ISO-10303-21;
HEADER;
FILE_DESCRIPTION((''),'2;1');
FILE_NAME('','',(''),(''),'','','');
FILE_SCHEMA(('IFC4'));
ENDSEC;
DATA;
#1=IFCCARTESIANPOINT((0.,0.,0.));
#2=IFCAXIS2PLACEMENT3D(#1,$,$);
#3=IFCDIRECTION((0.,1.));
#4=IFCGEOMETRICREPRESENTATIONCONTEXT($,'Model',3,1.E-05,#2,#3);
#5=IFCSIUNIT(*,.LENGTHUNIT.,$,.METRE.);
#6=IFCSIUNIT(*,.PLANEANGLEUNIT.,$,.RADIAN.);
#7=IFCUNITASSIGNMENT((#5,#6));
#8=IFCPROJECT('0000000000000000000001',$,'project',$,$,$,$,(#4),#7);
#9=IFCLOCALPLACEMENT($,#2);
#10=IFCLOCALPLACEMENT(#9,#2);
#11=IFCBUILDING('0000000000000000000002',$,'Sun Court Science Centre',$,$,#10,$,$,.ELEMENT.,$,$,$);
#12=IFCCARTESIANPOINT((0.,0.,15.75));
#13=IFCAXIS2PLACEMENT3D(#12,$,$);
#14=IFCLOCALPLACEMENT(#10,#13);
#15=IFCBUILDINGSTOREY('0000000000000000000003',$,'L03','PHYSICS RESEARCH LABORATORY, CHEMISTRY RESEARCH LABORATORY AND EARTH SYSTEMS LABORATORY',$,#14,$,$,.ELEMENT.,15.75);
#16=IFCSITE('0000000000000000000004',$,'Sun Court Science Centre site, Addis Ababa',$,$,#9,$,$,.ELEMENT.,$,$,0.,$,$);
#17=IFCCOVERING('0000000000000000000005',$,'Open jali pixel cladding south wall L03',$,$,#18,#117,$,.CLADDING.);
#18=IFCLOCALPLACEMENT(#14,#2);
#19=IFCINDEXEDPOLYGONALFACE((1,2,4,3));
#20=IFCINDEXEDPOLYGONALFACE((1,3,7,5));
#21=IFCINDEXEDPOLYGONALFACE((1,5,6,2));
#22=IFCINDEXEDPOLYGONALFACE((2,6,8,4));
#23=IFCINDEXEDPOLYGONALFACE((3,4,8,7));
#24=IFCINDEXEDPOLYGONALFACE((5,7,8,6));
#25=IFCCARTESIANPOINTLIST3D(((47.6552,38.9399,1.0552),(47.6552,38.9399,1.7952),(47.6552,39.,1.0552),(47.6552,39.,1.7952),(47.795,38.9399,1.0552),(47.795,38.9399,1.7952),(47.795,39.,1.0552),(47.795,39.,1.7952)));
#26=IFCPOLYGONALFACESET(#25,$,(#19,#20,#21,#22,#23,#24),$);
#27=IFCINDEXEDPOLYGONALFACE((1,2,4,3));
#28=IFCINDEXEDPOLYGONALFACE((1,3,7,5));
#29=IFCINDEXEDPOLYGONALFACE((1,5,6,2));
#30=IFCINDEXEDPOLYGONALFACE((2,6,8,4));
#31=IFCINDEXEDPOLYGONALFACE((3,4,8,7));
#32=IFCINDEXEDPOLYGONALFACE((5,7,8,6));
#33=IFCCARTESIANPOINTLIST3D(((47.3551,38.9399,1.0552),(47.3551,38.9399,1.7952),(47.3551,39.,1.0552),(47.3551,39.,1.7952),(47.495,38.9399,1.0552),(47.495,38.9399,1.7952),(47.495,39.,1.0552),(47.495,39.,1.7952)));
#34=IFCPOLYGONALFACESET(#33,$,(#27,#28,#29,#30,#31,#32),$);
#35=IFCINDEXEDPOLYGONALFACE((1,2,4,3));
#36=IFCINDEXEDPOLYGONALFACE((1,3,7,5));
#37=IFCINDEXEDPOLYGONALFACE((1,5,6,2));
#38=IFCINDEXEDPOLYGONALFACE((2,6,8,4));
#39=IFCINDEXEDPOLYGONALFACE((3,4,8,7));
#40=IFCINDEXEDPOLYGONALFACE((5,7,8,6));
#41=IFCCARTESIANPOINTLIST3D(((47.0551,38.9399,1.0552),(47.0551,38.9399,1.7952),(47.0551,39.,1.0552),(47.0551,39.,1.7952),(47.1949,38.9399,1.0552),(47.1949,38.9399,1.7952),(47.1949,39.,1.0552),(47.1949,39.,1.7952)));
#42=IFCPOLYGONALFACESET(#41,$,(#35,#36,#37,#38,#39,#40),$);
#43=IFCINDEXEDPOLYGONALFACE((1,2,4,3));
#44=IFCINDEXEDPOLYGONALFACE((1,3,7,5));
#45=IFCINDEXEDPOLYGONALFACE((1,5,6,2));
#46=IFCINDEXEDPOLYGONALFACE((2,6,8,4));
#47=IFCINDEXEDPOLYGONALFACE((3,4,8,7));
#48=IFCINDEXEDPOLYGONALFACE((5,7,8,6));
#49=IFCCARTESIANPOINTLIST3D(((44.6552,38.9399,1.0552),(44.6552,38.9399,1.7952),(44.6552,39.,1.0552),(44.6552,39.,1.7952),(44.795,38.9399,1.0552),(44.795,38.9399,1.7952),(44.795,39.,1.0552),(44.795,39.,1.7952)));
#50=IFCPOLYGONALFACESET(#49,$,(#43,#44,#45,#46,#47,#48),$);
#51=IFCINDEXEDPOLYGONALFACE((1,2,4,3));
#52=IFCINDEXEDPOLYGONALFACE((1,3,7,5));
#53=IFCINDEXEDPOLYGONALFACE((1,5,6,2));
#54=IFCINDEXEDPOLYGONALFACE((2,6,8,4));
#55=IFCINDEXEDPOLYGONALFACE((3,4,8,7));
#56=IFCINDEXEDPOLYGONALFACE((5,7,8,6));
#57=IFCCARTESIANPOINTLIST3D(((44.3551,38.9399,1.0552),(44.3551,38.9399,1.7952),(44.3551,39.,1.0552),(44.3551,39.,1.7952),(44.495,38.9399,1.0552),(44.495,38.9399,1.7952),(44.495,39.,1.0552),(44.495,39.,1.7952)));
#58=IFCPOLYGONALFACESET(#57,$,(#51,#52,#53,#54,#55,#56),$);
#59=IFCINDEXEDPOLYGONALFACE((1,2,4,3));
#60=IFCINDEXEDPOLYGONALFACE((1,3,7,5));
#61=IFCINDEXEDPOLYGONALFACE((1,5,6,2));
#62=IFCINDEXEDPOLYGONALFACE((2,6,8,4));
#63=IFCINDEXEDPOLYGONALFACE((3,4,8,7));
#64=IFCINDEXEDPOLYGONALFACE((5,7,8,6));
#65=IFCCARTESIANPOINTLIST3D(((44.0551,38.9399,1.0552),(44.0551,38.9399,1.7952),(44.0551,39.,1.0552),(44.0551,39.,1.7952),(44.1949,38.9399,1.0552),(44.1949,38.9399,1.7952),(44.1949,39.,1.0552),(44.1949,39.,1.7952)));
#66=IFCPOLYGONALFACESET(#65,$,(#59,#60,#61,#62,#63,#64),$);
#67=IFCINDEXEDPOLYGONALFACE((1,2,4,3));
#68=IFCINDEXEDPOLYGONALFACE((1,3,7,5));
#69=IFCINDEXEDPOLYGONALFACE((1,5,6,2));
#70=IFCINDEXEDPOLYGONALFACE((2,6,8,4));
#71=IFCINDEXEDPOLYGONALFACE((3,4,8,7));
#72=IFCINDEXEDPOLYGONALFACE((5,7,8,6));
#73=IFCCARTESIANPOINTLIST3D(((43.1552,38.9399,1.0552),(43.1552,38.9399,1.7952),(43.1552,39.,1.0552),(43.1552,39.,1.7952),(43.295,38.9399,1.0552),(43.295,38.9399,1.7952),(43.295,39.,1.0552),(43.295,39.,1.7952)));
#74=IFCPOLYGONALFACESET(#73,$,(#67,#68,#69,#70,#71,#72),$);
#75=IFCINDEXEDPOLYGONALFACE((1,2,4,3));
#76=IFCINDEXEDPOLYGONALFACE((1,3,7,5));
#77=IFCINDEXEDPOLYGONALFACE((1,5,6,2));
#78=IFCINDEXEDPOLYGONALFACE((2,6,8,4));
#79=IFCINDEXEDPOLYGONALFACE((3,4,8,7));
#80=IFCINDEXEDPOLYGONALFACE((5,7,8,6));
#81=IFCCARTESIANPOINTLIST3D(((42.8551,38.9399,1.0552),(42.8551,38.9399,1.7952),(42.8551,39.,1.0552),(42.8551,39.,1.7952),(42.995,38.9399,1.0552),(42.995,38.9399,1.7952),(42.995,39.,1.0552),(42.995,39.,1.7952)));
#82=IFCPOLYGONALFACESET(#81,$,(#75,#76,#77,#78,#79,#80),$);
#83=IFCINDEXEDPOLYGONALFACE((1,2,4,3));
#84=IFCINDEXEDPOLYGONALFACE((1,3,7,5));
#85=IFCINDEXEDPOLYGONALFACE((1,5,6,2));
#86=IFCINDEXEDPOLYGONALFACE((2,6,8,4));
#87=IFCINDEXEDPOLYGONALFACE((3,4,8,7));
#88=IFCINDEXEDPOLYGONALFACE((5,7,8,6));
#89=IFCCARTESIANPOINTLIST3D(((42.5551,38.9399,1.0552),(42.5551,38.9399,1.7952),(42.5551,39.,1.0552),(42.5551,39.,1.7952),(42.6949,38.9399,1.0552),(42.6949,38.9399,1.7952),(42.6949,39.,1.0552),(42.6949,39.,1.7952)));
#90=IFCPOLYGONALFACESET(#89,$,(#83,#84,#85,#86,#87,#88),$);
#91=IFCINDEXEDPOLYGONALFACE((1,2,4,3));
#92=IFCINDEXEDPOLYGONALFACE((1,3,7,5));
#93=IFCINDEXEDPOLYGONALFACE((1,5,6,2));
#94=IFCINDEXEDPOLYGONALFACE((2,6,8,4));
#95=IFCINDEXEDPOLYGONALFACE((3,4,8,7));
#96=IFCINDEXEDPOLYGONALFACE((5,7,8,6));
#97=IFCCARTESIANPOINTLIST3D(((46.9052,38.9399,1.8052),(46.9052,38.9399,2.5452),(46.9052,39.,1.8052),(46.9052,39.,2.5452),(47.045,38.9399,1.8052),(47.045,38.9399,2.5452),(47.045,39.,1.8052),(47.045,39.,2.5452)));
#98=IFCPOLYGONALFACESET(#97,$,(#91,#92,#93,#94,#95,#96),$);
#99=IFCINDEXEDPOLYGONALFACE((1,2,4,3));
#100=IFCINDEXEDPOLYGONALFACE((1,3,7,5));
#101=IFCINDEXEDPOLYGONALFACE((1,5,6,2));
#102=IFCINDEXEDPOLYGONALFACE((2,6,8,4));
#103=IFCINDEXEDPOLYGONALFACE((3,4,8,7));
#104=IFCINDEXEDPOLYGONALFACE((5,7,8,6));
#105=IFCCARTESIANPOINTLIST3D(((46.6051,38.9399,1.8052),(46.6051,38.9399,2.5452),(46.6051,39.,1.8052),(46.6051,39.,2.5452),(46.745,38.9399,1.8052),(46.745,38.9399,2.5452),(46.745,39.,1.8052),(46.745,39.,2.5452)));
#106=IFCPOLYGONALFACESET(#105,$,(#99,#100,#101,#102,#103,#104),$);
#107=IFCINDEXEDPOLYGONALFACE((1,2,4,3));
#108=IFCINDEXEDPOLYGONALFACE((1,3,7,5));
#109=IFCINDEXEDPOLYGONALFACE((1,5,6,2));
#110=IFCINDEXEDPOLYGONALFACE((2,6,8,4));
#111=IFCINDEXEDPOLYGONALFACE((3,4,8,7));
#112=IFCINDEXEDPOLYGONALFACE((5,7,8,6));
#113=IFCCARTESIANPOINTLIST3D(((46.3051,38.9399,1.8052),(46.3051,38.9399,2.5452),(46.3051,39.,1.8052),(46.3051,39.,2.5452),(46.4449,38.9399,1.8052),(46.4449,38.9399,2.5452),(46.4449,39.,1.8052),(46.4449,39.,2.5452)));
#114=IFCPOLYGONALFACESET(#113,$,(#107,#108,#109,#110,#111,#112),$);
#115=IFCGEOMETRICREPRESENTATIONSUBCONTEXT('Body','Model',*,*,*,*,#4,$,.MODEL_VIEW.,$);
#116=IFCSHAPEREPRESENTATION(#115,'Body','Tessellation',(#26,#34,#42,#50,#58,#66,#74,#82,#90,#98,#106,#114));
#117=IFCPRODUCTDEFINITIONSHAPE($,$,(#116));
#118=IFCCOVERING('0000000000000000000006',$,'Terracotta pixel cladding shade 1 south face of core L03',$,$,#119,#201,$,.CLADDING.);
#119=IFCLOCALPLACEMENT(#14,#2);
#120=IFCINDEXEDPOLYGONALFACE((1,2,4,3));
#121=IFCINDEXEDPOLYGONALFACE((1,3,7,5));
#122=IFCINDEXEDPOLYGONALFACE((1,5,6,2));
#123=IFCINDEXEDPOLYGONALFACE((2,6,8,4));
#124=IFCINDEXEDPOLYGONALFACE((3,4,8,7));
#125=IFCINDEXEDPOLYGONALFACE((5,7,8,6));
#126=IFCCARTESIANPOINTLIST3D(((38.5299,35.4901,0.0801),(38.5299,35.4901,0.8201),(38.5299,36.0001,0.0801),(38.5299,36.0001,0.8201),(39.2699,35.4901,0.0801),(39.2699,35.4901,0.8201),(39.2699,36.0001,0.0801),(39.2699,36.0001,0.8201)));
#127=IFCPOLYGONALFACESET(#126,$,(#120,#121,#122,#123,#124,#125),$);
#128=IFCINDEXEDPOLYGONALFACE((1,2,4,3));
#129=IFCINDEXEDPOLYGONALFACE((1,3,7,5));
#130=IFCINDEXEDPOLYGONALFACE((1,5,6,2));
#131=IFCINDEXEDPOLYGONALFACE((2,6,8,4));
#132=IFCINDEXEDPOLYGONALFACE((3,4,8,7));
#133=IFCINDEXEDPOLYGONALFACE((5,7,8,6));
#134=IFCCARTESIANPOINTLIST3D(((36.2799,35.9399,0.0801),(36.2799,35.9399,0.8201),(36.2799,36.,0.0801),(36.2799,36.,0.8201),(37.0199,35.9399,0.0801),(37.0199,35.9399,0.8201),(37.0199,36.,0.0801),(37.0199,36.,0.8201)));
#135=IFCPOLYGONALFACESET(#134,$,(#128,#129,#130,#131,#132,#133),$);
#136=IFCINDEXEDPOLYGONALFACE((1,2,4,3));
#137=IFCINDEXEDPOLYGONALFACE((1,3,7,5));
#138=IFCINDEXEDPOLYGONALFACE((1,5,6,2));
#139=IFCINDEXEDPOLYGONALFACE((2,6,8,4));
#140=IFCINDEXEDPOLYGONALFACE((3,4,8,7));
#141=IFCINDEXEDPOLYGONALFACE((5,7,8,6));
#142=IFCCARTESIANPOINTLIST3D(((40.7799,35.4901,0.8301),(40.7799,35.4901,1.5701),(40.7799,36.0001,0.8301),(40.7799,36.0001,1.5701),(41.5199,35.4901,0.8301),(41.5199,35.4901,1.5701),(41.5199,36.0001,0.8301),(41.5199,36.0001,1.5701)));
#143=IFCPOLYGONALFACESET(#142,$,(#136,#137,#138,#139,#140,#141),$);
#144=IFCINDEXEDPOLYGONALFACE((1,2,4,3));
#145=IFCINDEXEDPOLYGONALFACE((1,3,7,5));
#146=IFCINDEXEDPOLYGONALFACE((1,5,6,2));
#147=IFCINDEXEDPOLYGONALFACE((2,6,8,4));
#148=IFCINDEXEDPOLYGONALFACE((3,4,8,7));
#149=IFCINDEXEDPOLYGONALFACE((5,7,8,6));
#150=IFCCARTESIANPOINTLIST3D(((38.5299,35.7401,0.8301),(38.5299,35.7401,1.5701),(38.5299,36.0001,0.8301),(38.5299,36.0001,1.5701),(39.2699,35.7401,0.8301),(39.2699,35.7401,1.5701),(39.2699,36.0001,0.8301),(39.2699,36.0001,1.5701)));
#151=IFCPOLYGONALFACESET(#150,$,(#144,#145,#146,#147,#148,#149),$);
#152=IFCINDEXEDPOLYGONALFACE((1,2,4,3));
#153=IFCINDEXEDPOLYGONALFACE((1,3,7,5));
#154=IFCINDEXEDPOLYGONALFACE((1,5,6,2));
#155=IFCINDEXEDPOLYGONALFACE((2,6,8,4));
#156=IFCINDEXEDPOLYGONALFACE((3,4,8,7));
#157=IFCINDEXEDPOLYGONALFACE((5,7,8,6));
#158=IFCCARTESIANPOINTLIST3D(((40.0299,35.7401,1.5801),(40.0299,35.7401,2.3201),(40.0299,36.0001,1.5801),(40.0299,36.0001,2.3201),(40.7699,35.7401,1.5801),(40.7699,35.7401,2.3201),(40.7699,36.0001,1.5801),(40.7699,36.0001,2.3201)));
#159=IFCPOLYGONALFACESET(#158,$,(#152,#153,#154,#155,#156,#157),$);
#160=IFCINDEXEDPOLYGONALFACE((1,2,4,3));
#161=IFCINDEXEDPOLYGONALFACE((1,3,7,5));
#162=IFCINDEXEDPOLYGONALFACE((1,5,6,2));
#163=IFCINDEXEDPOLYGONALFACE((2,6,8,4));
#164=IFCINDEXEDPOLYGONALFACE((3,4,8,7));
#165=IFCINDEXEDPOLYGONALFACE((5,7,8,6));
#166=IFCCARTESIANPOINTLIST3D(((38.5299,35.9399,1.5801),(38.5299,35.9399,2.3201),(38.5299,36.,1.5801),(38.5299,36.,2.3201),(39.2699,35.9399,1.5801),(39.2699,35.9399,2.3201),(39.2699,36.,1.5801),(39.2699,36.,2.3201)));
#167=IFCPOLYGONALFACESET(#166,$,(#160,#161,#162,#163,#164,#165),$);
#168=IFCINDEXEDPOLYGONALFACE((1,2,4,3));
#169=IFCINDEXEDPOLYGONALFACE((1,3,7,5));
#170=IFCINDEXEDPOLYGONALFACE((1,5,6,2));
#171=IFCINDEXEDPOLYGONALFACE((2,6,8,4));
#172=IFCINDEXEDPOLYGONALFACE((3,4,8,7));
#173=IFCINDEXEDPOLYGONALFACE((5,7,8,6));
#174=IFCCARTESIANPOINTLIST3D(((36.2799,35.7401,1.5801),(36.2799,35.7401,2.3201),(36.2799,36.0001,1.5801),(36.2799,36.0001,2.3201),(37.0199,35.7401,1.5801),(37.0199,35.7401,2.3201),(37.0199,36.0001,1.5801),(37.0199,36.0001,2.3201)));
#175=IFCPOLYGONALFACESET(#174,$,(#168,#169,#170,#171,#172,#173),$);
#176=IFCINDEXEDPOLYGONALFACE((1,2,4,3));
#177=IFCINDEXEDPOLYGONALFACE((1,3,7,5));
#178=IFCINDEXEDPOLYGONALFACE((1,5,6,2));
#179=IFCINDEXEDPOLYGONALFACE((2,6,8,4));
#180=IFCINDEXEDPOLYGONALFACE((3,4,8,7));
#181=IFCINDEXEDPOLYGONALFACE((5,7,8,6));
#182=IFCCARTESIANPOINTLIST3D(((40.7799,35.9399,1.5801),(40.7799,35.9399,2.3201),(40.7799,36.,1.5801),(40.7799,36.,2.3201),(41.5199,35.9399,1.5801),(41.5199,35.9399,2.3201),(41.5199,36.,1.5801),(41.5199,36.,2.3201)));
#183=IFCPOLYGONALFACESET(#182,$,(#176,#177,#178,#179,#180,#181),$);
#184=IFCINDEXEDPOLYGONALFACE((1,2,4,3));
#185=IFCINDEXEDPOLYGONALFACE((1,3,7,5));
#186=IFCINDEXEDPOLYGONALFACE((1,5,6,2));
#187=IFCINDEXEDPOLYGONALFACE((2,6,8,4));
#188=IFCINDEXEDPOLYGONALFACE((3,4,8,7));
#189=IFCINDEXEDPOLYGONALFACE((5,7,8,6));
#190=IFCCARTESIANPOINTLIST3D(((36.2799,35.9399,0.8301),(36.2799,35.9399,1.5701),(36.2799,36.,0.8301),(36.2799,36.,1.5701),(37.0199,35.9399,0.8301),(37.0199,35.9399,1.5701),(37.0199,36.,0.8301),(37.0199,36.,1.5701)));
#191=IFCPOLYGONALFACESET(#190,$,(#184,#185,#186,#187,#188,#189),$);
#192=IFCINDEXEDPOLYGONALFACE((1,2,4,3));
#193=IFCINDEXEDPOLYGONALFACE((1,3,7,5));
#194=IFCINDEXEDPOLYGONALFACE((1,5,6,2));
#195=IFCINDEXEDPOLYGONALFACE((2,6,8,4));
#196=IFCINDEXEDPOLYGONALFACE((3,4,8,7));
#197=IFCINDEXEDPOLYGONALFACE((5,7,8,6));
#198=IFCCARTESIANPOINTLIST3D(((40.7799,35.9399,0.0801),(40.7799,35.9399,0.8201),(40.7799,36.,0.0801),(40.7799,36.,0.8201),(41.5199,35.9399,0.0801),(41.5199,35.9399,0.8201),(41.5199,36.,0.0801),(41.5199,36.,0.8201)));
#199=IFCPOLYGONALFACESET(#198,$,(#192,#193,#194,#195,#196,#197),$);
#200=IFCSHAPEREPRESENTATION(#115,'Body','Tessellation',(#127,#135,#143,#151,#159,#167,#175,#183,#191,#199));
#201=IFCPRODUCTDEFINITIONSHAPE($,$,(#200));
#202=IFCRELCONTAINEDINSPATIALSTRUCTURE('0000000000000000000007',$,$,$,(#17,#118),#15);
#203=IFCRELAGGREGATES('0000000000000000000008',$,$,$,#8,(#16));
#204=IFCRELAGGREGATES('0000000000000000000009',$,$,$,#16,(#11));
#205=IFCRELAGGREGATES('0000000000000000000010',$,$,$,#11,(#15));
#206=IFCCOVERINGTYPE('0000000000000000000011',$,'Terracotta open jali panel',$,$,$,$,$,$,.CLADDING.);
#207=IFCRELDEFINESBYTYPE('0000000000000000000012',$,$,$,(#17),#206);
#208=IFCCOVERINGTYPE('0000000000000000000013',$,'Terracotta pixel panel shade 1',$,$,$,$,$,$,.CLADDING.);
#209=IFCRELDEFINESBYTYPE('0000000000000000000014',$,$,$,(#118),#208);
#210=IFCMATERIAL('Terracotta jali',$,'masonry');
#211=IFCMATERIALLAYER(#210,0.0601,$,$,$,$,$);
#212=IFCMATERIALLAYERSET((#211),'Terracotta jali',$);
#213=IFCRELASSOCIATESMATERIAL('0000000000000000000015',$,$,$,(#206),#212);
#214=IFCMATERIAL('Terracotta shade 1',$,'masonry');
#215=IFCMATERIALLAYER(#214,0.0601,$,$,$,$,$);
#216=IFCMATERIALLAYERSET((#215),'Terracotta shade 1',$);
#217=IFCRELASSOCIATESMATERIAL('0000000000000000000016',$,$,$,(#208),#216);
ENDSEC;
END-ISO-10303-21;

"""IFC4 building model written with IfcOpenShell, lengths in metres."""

from ifc_helpers import new_model, si_unit, direction, frame, origin, origin_2d, place, context, subcontext, project, spatial, rectangle, extrude, material, layer, layer_set, type_object, element, save


model = new_model("IFC4")

# Units and contexts
model_context = context("Model", 3, precision=1e-05, world=origin(), true_north=direction((0.0, 1.0)))
body_context = subcontext(model_context, "Body", "Model", "MODEL_VIEW")
ifc_project = project(units=[si_unit("LENGTHUNIT", "METRE"), si_unit("PLANEANGLEUNIT", "RADIAN")], contexts=[model_context])

# Site, building, storey
site_placement = place(None, origin())
site = spatial("IfcSite", under=ifc_project, at=site_placement, Name="Sun Court Science Centre site, Addis Ababa", CompositionType="ELEMENT", RefElevation=0.0)
building_placement = place(site_placement, origin())
building = spatial("IfcBuilding", under=site, at=building_placement, Name="Sun Court Science Centre", CompositionType="ELEMENT")
storey_placement = place(building_placement, frame((0.0, 0.0, 15.75)))
storey = spatial("IfcBuildingStorey", under=building, at=storey_placement, Name="L03", Description="PHYSICS RESEARCH LABORATORY, CHEMISTRY RESEARCH LABORATORY AND EARTH SYSTEMS LABORATORY", CompositionType="ELEMENT", Elevation=15.75)

# Coverings
ifc_material_1 = material(Name="Terracotta jali", Category="masonry")
ifc_layer_1 = layer(ifc_material_1, 0.0601)
ifc_layer_set_1 = layer_set([ifc_layer_1], Name="Terracotta jali")
covering_type_1 = type_object("IfcCoveringType", Name="Terracotta open jali panel", PredefinedType="CLADDING", material=ifc_layer_set_1)
covering_1_placement = place(storey_placement, frame((0.0, 0.0, -15.75)))
element("IfcCovering", 1, at=covering_1_placement, inside=storey, type_object=covering_type_1, Name="Open jali pixel cladding south wall L03", PredefinedType="CLADDING", context=body_context, shape_type="SweptSolid", body=[
    extrude(rectangle(XDim=0.1399, YDim=0.0601, at=origin_2d()), frame((47.7251, 38.97, 16.8052), z_axis=(0.0, 0.0, 1.0), x_axis=(-1.0, 0.0, 0.0)), (0.0, 0.0, 1.0), 0.74),
    extrude(rectangle(XDim=0.1399, YDim=0.0601, at=origin_2d()), frame((47.425, 38.97, 16.8052), z_axis=(0.0, 0.0, 1.0), x_axis=(-1.0, 0.0, 0.0)), (0.0, 0.0, 1.0), 0.74),
    extrude(rectangle(XDim=0.1399, YDim=0.0601, at=origin_2d()), frame((47.125, 38.97, 16.8052), z_axis=(0.0, 0.0, 1.0), x_axis=(-1.0, 0.0, 0.0)), (0.0, 0.0, 1.0), 0.74),
    extrude(rectangle(XDim=0.1399, YDim=0.0601, at=origin_2d()), frame((44.7251, 38.97, 16.8052), z_axis=(0.0, 0.0, 1.0), x_axis=(-1.0, 0.0, 0.0)), (0.0, 0.0, 1.0), 0.74),
    extrude(rectangle(XDim=0.1399, YDim=0.0601, at=origin_2d()), frame((44.425, 38.97, 16.8052), z_axis=(0.0, 0.0, 1.0), x_axis=(-1.0, 0.0, 0.0)), (0.0, 0.0, 1.0), 0.74),
    extrude(rectangle(XDim=0.1399, YDim=0.0601, at=origin_2d()), frame((44.125, 38.97, 16.8052), z_axis=(0.0, 0.0, 1.0), x_axis=(-1.0, 0.0, 0.0)), (0.0, 0.0, 1.0), 0.74),
    extrude(rectangle(XDim=0.1399, YDim=0.0601, at=origin_2d()), frame((43.2251, 38.97, 16.8052), z_axis=(0.0, 0.0, 1.0), x_axis=(-1.0, 0.0, 0.0)), (0.0, 0.0, 1.0), 0.74),
    extrude(rectangle(XDim=0.1399, YDim=0.0601, at=origin_2d()), frame((42.925, 38.97, 16.8052), z_axis=(0.0, 0.0, 1.0), x_axis=(-1.0, 0.0, 0.0)), (0.0, 0.0, 1.0), 0.74),
    extrude(rectangle(XDim=0.1399, YDim=0.0601, at=origin_2d()), frame((42.625, 38.97, 16.8052), z_axis=(0.0, 0.0, 1.0), x_axis=(-1.0, 0.0, 0.0)), (0.0, 0.0, 1.0), 0.74),
    extrude(rectangle(XDim=0.1399, YDim=0.0601, at=origin_2d()), frame((46.9751, 38.97, 17.5552), z_axis=(0.0, 0.0, 1.0), x_axis=(-1.0, 0.0, 0.0)), (0.0, 0.0, 1.0), 0.74),
    extrude(rectangle(XDim=0.1399, YDim=0.0601, at=origin_2d()), frame((46.675, 38.97, 17.5552), z_axis=(0.0, 0.0, 1.0), x_axis=(-1.0, 0.0, 0.0)), (0.0, 0.0, 1.0), 0.74),
    extrude(rectangle(XDim=0.1399, YDim=0.0601, at=origin_2d()), frame((46.375, 38.97, 17.5552), z_axis=(0.0, 0.0, 1.0), x_axis=(-1.0, 0.0, 0.0)), (0.0, 0.0, 1.0), 0.74),
])
ifc_material_2 = material(Name="Terracotta shade 1", Category="masonry")
ifc_layer_2 = layer(ifc_material_2, 0.0601)
ifc_layer_set_2 = layer_set([ifc_layer_2], Name="Terracotta shade 1")
covering_type_2 = type_object("IfcCoveringType", Name="Terracotta pixel panel shade 1", PredefinedType="CLADDING", material=ifc_layer_set_2)
covering_2_placement = place(storey_placement, frame((0.0, 0.0, -15.75)))
element("IfcCovering", 2, at=covering_2_placement, inside=storey, type_object=covering_type_2, Name="Terracotta pixel cladding shade 1 south face of core L03", PredefinedType="CLADDING", context=body_context, shape_type="SweptSolid", body=[
    extrude(rectangle(XDim=0.74, YDim=0.51, at=origin_2d()), frame((38.8999, 35.7451, 15.8301), z_axis=(0.0, 0.0, 1.0), x_axis=(-1.0, 0.0, 0.0)), (0.0, 0.0, 1.0), 0.74),
    extrude(rectangle(XDim=0.74, YDim=0.0601, at=origin_2d()), frame((36.6499, 35.97, 15.8301), z_axis=(0.0, 0.0, 1.0), x_axis=(-1.0, 0.0, 0.0)), (0.0, 0.0, 1.0), 0.74),
    extrude(rectangle(XDim=0.74, YDim=0.51, at=origin_2d()), frame((41.1499, 35.7451, 16.5801), z_axis=(0.0, 0.0, 1.0), x_axis=(-1.0, 0.0, 0.0)), (0.0, 0.0, 1.0), 0.74),
    extrude(rectangle(XDim=0.74, YDim=0.26, at=origin_2d()), frame((38.8999, 35.8701, 16.5801), z_axis=(0.0, 0.0, 1.0), x_axis=(-1.0, 0.0, 0.0)), (0.0, 0.0, 1.0), 0.74),
    extrude(rectangle(XDim=0.74, YDim=0.26, at=origin_2d()), frame((40.3999, 35.8701, 17.3301), z_axis=(0.0, 0.0, 1.0), x_axis=(-1.0, 0.0, 0.0)), (0.0, 0.0, 1.0), 0.74),
    extrude(rectangle(XDim=0.74, YDim=0.0601, at=origin_2d()), frame((38.8999, 35.97, 17.3301), z_axis=(0.0, 0.0, 1.0), x_axis=(-1.0, 0.0, 0.0)), (0.0, 0.0, 1.0), 0.74),
    extrude(rectangle(XDim=0.74, YDim=0.26, at=origin_2d()), frame((36.6499, 35.8701, 17.3301), z_axis=(0.0, 0.0, 1.0), x_axis=(-1.0, 0.0, 0.0)), (0.0, 0.0, 1.0), 0.74),
    extrude(rectangle(XDim=0.74, YDim=0.0601, at=origin_2d()), frame((41.1499, 35.97, 17.3301), z_axis=(0.0, 0.0, 1.0), x_axis=(-1.0, 0.0, 0.0)), (0.0, 0.0, 1.0), 0.74),
    extrude(rectangle(XDim=0.74, YDim=0.0601, at=origin_2d()), frame((36.6499, 35.97, 16.5801), z_axis=(0.0, 0.0, 1.0), x_axis=(-1.0, 0.0, 0.0)), (0.0, 0.0, 1.0), 0.74),
    extrude(rectangle(XDim=0.74, YDim=0.0601, at=origin_2d()), frame((41.1499, 35.97, 15.8301), z_axis=(0.0, 0.0, 1.0), x_axis=(-1.0, 0.0, 0.0)), (0.0, 0.0, 1.0), 0.74),
])

save(model, "model.ifc")
